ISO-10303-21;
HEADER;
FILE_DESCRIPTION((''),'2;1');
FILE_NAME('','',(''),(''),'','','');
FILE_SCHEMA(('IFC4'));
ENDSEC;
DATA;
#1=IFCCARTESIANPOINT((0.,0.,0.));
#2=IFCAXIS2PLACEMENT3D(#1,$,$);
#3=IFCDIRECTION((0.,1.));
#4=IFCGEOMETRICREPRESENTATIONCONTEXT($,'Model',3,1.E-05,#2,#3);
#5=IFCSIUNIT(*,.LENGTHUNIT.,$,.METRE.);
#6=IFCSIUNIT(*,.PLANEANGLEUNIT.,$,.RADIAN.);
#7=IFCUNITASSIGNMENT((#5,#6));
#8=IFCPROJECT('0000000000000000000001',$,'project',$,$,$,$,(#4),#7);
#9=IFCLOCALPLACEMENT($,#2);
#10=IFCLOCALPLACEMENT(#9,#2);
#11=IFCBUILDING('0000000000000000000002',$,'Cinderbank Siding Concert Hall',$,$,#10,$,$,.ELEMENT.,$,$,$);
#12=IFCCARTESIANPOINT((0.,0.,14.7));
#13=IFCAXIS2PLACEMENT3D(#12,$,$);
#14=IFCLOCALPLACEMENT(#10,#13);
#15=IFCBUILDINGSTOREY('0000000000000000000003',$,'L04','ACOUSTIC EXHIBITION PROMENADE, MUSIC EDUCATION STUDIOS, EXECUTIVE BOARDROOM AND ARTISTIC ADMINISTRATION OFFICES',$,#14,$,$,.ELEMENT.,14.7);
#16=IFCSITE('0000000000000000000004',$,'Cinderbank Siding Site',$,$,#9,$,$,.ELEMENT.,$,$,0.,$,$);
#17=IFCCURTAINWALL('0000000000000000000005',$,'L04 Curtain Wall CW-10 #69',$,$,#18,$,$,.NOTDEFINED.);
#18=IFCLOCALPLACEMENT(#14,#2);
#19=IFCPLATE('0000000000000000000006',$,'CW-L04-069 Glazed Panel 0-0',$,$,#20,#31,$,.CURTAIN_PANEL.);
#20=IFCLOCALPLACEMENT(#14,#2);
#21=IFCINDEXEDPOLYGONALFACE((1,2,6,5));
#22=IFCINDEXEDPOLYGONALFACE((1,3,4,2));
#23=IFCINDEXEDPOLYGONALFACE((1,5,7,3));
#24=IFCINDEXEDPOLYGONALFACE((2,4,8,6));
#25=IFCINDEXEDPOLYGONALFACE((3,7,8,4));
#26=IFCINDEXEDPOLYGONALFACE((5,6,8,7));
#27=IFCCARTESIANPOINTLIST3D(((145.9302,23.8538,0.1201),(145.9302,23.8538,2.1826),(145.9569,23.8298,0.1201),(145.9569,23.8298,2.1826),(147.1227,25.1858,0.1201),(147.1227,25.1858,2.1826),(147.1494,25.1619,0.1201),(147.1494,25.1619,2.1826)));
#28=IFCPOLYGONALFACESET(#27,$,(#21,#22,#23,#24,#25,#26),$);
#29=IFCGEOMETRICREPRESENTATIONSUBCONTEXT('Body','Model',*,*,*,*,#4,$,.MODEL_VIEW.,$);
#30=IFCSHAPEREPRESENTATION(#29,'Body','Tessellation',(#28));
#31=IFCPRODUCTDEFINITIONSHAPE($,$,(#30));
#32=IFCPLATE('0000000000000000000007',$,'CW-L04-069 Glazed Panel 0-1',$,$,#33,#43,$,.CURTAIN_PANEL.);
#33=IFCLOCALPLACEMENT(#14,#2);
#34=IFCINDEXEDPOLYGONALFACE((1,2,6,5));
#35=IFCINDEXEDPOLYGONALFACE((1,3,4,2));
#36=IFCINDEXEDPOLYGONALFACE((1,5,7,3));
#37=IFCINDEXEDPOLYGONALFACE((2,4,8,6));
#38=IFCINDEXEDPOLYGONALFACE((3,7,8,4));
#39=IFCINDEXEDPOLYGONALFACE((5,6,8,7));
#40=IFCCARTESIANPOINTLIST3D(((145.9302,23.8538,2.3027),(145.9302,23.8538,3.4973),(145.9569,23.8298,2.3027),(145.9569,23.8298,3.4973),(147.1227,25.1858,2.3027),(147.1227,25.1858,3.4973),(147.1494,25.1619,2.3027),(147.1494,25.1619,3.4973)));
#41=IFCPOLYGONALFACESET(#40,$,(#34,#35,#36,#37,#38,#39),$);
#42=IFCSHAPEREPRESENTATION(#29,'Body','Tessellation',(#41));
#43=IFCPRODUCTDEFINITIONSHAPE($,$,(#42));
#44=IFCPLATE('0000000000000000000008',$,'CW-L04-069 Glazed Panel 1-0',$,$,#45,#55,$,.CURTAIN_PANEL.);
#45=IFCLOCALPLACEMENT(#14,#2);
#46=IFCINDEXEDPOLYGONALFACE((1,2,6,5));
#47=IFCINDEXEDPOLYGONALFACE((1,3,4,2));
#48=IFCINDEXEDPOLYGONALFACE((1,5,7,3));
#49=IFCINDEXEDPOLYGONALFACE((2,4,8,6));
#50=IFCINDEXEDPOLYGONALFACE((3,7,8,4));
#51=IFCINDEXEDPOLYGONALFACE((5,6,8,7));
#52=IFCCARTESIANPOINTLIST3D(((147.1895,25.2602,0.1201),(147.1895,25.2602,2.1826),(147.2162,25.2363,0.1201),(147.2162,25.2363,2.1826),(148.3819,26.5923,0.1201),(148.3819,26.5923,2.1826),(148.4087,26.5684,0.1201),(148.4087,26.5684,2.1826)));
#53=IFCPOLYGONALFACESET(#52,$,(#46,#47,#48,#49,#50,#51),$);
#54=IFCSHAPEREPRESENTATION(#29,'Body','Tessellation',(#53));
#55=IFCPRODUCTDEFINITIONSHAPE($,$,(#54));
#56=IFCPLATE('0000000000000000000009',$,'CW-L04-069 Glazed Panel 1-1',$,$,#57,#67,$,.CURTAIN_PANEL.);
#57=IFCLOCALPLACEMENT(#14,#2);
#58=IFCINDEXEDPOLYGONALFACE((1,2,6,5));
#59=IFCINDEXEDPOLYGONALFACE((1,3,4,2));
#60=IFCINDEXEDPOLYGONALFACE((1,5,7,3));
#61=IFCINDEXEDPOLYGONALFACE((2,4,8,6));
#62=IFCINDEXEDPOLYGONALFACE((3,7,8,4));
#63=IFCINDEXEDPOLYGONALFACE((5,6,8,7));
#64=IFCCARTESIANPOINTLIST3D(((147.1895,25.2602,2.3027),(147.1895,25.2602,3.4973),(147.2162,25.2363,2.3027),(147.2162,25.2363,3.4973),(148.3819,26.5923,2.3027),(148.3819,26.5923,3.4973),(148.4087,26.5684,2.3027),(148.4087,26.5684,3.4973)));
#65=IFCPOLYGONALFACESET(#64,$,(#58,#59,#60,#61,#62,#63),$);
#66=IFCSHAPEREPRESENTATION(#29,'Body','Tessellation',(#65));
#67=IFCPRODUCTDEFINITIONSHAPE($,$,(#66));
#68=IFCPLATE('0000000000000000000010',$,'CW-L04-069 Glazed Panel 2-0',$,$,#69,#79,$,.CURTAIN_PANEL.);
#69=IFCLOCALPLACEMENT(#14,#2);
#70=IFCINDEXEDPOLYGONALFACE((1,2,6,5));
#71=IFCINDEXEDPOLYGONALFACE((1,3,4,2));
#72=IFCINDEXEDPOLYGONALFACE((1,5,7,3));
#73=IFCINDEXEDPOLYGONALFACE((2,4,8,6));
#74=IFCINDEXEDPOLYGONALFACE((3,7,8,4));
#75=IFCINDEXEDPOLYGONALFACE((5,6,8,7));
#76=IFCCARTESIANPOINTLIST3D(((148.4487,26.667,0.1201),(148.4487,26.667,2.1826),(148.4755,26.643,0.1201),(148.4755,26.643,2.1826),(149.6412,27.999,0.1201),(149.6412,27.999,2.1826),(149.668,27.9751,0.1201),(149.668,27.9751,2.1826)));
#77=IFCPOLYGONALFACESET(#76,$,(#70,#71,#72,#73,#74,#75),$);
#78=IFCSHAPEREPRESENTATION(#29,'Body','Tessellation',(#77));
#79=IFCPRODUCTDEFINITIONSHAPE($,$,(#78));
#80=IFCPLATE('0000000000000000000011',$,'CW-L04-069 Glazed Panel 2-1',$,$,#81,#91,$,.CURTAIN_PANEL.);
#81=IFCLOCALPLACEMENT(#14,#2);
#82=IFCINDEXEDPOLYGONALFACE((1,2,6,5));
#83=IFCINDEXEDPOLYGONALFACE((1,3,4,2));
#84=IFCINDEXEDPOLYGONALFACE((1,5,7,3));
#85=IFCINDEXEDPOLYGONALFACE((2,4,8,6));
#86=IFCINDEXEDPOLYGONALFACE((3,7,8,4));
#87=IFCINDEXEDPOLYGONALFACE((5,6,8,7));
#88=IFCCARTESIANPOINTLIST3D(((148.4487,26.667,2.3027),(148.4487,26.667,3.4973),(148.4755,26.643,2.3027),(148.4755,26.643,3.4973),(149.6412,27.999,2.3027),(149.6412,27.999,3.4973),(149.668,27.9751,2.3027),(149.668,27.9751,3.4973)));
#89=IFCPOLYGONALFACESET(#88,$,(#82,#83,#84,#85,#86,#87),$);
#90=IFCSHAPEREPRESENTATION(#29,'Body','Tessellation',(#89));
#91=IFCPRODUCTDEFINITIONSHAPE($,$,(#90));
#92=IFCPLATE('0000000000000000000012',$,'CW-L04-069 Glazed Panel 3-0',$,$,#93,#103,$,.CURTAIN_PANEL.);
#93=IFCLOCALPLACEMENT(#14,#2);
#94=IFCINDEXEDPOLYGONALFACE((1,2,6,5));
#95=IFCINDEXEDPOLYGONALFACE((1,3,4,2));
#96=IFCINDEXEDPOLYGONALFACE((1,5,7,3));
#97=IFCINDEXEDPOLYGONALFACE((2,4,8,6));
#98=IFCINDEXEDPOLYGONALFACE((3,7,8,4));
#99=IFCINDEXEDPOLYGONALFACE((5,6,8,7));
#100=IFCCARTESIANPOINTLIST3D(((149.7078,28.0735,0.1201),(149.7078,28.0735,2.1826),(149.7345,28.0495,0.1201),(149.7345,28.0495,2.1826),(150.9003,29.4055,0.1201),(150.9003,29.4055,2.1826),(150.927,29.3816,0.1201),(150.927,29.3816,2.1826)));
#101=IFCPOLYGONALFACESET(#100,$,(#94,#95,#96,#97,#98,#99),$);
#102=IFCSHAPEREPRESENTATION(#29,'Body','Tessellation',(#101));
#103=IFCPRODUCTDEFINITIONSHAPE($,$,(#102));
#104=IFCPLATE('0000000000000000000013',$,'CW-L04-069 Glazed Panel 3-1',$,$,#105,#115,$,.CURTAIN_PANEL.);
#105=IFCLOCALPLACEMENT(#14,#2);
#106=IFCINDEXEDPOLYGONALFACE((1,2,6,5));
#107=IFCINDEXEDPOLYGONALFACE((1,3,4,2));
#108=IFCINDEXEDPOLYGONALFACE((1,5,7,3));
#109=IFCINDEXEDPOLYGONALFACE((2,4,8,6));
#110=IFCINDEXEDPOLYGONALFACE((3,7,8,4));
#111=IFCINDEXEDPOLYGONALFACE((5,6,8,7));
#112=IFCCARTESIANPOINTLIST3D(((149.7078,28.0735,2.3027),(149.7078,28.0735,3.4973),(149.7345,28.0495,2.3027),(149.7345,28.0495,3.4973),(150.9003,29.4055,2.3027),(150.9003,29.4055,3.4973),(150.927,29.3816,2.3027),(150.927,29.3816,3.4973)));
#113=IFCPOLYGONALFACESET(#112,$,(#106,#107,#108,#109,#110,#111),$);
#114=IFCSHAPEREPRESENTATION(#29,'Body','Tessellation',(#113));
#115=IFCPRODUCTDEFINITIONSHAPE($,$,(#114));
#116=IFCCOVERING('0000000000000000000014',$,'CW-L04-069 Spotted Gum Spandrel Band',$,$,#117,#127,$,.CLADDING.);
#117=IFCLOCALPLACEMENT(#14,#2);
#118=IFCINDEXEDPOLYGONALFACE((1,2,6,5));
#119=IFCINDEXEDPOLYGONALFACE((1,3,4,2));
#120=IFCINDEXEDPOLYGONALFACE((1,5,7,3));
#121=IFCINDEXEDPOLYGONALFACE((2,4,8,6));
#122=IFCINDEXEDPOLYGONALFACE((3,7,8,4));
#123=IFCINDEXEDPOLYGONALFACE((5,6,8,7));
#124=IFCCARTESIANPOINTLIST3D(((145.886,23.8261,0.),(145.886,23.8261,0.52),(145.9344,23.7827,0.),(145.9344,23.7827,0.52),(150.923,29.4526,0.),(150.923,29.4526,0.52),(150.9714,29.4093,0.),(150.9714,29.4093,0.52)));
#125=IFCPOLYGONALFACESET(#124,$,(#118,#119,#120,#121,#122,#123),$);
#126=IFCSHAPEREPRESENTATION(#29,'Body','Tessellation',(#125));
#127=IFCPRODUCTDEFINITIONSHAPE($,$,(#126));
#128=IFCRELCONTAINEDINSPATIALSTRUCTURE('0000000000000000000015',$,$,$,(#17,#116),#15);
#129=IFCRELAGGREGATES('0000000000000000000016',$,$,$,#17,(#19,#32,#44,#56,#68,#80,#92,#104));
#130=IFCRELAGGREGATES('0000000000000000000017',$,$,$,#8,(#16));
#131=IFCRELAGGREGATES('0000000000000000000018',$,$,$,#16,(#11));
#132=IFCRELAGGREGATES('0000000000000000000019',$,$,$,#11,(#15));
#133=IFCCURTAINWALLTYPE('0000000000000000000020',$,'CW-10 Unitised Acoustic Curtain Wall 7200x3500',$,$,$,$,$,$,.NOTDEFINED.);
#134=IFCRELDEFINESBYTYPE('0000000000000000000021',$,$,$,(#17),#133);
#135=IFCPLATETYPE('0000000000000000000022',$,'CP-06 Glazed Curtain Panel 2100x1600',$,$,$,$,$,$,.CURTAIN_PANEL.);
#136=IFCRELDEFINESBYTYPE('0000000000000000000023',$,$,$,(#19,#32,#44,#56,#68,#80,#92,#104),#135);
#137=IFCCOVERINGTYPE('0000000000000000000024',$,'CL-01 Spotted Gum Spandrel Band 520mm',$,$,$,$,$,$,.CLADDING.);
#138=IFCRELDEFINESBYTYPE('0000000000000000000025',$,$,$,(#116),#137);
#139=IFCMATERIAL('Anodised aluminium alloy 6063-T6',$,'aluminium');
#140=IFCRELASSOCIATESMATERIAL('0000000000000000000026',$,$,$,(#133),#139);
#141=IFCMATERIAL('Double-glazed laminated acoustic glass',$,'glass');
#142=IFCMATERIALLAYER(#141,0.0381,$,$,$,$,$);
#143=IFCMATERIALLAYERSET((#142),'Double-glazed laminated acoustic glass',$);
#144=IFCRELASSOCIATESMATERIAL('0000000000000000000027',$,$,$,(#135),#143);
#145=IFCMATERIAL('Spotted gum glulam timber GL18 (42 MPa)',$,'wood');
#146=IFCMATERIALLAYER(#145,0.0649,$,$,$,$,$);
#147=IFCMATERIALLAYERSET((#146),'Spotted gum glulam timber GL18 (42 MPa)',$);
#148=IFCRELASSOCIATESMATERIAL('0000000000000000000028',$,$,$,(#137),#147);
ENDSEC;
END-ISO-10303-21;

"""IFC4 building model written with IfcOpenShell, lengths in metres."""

from ifc_helpers import new_model, si_unit, direction, frame, origin, origin_2d, place, context, subcontext, project, spatial, rectangle, extrude, material, layer, layer_set, type_object, element, aggregate, save


model = new_model("IFC4")

# Units and contexts
model_context = context("Model", 3, precision=1e-05, world=origin(), true_north=direction((0.0, 1.0)))
body_context = subcontext(model_context, "Body", "Model", "MODEL_VIEW")
ifc_project = project(units=[si_unit("LENGTHUNIT", "METRE"), si_unit("PLANEANGLEUNIT", "RADIAN")], contexts=[model_context])

# Site, building, storey
site_placement = place(None, origin())
site = spatial("IfcSite", under=ifc_project, at=site_placement, Name="Cinderbank Siding Site", CompositionType="ELEMENT", RefElevation=0.0)
building_placement = place(site_placement, origin())
building = spatial("IfcBuilding", under=site, at=building_placement, Name="Cinderbank Siding Concert Hall", CompositionType="ELEMENT")
storey_placement = place(building_placement, frame((0.0, 0.0, 14.7)))
storey = spatial("IfcBuildingStorey", under=building, at=storey_placement, Name="L04", Description="ACOUSTIC EXHIBITION PROMENADE, MUSIC EDUCATION STUDIOS, EXECUTIVE BOARDROOM AND ARTISTIC ADMINISTRATION OFFICES", CompositionType="ELEMENT", Elevation=14.7)

# Curtain wall, plates
ifc_material_1 = material(Name="Anodised aluminium alloy 6063-T6", Category="aluminium")
curtain_wall_type = type_object("IfcCurtainWallType", Name="CW-10 Unitised Acoustic Curtain Wall 7200x3500", PredefinedType="NOTDEFINED", material=ifc_material_1)
curtain_wall_placement = place(storey_placement, origin())
curtain_wall = element("IfcCurtainWall", 1, at=curtain_wall_placement, inside=storey, type_object=curtain_wall_type, Name="L04 Curtain Wall CW-10 #69", PredefinedType="NOTDEFINED")
ifc_material_2 = material(Name="Double-glazed laminated acoustic glass", Category="glass")
ifc_layer_1 = layer(ifc_material_2, 0.0381)
ifc_layer_set_1 = layer_set([ifc_layer_1], Name="Double-glazed laminated acoustic glass")
plate_type = type_object("IfcPlateType", Name="CP-06 Glazed Curtain Panel 2100x1600", PredefinedType="CURTAIN_PANEL", material=ifc_layer_set_1)
plate_1_placement = place(storey_placement, frame((146.5398, 24.5078, 0.1201), z_axis=(0.0, 0.0, 1.0), x_axis=(0.666993, 0.745064, 0.0)))
plate_1 = element("IfcPlate", 2, at=plate_1_placement, type_object=plate_type, Name="CW-L04-069 Glazed Panel 0-0", PredefinedType="CURTAIN_PANEL", context=body_context, shape_type="SweptSolid", body=[
    extrude(rectangle(XDim=1.7878, YDim=0.0359, at=origin_2d()), origin(), (0.0, 0.0, 1.0), 2.0625),
])
plate_2_placement = place(storey_placement, frame((146.5398, 24.5078, 2.3027), z_axis=(0.0, 0.0, 1.0), x_axis=(0.666993, 0.745064, 0.0)))
plate_2 = element("IfcPlate", 3, at=plate_2_placement, type_object=plate_type, Name="CW-L04-069 Glazed Panel 0-1", PredefinedType="CURTAIN_PANEL", context=body_context, shape_type="SweptSolid", body=[
    extrude(rectangle(XDim=1.7878, YDim=0.0359, at=origin_2d()), origin(), (0.0, 0.0, 1.0), 1.1946),
])
plate_3_placement = place(storey_placement, frame((147.7991, 25.9143, 0.1201), z_axis=(0.0, 0.0, 1.0), x_axis=(0.666993, 0.745064, 0.0)))
plate_3 = element("IfcPlate", 4, at=plate_3_placement, type_object=plate_type, Name="CW-L04-069 Glazed Panel 1-0", PredefinedType="CURTAIN_PANEL", context=body_context, shape_type="SweptSolid", body=[
    extrude(rectangle(XDim=1.7878, YDim=0.0359, at=origin_2d()), origin(), (0.0, 0.0, 1.0), 2.0625),
])
plate_4_placement = place(storey_placement, frame((147.7991, 25.9143, 2.3027), z_axis=(0.0, 0.0, 1.0), x_axis=(0.666993, 0.745064, 0.0)))
plate_4 = element("IfcPlate", 5, at=plate_4_placement, type_object=plate_type, Name="CW-L04-069 Glazed Panel 1-1", PredefinedType="CURTAIN_PANEL", context=body_context, shape_type="SweptSolid", body=[
    extrude(rectangle(XDim=1.7878, YDim=0.0359, at=origin_2d()), origin(), (0.0, 0.0, 1.0), 1.1946),
])
plate_5_placement = place(storey_placement, frame((149.0583, 27.321, 0.1201), z_axis=(0.0, 0.0, 1.0), x_axis=(0.666993, 0.745064, 0.0)))
plate_5 = element("IfcPlate", 6, at=plate_5_placement, type_object=plate_type, Name="CW-L04-069 Glazed Panel 2-0", PredefinedType="CURTAIN_PANEL", context=body_context, shape_type="SweptSolid", body=[
    extrude(rectangle(XDim=1.7878, YDim=0.0359, at=origin_2d()), origin(), (0.0, 0.0, 1.0), 2.0625),
])
plate_6_placement = place(storey_placement, frame((149.0583, 27.321, 2.3027), z_axis=(0.0, 0.0, 1.0), x_axis=(0.666993, 0.745064, 0.0)))
plate_6 = element("IfcPlate", 7, at=plate_6_placement, type_object=plate_type, Name="CW-L04-069 Glazed Panel 2-1", PredefinedType="CURTAIN_PANEL", context=body_context, shape_type="SweptSolid", body=[
    extrude(rectangle(XDim=1.7878, YDim=0.0359, at=origin_2d()), origin(), (0.0, 0.0, 1.0), 1.1946),
])
plate_7_placement = place(storey_placement, frame((150.3174, 28.7275, 0.1201), z_axis=(0.0, 0.0, 1.0), x_axis=(0.666993, 0.745064, 0.0)))
plate_7 = element("IfcPlate", 8, at=plate_7_placement, type_object=plate_type, Name="CW-L04-069 Glazed Panel 3-0", PredefinedType="CURTAIN_PANEL", context=body_context, shape_type="SweptSolid", body=[
    extrude(rectangle(XDim=1.7878, YDim=0.0359, at=origin_2d()), origin(), (0.0, 0.0, 1.0), 2.0625),
])
plate_8_placement = place(storey_placement, frame((150.3174, 28.7275, 2.3027), z_axis=(0.0, 0.0, 1.0), x_axis=(0.666993, 0.745064, 0.0)))
plate_8 = element("IfcPlate", 9, at=plate_8_placement, type_object=plate_type, Name="CW-L04-069 Glazed Panel 3-1", PredefinedType="CURTAIN_PANEL", context=body_context, shape_type="SweptSolid", body=[
    extrude(rectangle(XDim=1.7878, YDim=0.0359, at=origin_2d()), origin(), (0.0, 0.0, 1.0), 1.1946),
])
aggregate(curtain_wall, [plate_1, plate_2, plate_3, plate_4, plate_5, plate_6, plate_7, plate_8])

# Covering
ifc_material_3 = material(Name="Spotted gum glulam timber GL18 (42 MPa)", Category="wood")
ifc_layer_2 = layer(ifc_material_3, 0.0649)
ifc_layer_set_2 = layer_set([ifc_layer_2], Name="Spotted gum glulam timber GL18 (42 MPa)")
covering_type = type_object("IfcCoveringType", Name="CL-01 Spotted Gum Spandrel Band 520mm", PredefinedType="CLADDING", material=ifc_layer_set_2)
covering_placement = place(storey_placement, frame((148.4287, 26.6177, 0.0), z_axis=(0.0, 0.0, 1.0), x_axis=(0.666993, 0.745064, 0.0)))
element("IfcCovering", 10, at=covering_placement, inside=storey, type_object=covering_type, Name="CW-L04-069 Spotted Gum Spandrel Band", PredefinedType="CLADDING", context=body_context, shape_type="SweptSolid", body=[
    extrude(rectangle(XDim=7.5518, YDim=0.0649, at=origin_2d()), origin(), (0.0, 0.0, 1.0), 0.52),
])

save(model, "model.ifc")
